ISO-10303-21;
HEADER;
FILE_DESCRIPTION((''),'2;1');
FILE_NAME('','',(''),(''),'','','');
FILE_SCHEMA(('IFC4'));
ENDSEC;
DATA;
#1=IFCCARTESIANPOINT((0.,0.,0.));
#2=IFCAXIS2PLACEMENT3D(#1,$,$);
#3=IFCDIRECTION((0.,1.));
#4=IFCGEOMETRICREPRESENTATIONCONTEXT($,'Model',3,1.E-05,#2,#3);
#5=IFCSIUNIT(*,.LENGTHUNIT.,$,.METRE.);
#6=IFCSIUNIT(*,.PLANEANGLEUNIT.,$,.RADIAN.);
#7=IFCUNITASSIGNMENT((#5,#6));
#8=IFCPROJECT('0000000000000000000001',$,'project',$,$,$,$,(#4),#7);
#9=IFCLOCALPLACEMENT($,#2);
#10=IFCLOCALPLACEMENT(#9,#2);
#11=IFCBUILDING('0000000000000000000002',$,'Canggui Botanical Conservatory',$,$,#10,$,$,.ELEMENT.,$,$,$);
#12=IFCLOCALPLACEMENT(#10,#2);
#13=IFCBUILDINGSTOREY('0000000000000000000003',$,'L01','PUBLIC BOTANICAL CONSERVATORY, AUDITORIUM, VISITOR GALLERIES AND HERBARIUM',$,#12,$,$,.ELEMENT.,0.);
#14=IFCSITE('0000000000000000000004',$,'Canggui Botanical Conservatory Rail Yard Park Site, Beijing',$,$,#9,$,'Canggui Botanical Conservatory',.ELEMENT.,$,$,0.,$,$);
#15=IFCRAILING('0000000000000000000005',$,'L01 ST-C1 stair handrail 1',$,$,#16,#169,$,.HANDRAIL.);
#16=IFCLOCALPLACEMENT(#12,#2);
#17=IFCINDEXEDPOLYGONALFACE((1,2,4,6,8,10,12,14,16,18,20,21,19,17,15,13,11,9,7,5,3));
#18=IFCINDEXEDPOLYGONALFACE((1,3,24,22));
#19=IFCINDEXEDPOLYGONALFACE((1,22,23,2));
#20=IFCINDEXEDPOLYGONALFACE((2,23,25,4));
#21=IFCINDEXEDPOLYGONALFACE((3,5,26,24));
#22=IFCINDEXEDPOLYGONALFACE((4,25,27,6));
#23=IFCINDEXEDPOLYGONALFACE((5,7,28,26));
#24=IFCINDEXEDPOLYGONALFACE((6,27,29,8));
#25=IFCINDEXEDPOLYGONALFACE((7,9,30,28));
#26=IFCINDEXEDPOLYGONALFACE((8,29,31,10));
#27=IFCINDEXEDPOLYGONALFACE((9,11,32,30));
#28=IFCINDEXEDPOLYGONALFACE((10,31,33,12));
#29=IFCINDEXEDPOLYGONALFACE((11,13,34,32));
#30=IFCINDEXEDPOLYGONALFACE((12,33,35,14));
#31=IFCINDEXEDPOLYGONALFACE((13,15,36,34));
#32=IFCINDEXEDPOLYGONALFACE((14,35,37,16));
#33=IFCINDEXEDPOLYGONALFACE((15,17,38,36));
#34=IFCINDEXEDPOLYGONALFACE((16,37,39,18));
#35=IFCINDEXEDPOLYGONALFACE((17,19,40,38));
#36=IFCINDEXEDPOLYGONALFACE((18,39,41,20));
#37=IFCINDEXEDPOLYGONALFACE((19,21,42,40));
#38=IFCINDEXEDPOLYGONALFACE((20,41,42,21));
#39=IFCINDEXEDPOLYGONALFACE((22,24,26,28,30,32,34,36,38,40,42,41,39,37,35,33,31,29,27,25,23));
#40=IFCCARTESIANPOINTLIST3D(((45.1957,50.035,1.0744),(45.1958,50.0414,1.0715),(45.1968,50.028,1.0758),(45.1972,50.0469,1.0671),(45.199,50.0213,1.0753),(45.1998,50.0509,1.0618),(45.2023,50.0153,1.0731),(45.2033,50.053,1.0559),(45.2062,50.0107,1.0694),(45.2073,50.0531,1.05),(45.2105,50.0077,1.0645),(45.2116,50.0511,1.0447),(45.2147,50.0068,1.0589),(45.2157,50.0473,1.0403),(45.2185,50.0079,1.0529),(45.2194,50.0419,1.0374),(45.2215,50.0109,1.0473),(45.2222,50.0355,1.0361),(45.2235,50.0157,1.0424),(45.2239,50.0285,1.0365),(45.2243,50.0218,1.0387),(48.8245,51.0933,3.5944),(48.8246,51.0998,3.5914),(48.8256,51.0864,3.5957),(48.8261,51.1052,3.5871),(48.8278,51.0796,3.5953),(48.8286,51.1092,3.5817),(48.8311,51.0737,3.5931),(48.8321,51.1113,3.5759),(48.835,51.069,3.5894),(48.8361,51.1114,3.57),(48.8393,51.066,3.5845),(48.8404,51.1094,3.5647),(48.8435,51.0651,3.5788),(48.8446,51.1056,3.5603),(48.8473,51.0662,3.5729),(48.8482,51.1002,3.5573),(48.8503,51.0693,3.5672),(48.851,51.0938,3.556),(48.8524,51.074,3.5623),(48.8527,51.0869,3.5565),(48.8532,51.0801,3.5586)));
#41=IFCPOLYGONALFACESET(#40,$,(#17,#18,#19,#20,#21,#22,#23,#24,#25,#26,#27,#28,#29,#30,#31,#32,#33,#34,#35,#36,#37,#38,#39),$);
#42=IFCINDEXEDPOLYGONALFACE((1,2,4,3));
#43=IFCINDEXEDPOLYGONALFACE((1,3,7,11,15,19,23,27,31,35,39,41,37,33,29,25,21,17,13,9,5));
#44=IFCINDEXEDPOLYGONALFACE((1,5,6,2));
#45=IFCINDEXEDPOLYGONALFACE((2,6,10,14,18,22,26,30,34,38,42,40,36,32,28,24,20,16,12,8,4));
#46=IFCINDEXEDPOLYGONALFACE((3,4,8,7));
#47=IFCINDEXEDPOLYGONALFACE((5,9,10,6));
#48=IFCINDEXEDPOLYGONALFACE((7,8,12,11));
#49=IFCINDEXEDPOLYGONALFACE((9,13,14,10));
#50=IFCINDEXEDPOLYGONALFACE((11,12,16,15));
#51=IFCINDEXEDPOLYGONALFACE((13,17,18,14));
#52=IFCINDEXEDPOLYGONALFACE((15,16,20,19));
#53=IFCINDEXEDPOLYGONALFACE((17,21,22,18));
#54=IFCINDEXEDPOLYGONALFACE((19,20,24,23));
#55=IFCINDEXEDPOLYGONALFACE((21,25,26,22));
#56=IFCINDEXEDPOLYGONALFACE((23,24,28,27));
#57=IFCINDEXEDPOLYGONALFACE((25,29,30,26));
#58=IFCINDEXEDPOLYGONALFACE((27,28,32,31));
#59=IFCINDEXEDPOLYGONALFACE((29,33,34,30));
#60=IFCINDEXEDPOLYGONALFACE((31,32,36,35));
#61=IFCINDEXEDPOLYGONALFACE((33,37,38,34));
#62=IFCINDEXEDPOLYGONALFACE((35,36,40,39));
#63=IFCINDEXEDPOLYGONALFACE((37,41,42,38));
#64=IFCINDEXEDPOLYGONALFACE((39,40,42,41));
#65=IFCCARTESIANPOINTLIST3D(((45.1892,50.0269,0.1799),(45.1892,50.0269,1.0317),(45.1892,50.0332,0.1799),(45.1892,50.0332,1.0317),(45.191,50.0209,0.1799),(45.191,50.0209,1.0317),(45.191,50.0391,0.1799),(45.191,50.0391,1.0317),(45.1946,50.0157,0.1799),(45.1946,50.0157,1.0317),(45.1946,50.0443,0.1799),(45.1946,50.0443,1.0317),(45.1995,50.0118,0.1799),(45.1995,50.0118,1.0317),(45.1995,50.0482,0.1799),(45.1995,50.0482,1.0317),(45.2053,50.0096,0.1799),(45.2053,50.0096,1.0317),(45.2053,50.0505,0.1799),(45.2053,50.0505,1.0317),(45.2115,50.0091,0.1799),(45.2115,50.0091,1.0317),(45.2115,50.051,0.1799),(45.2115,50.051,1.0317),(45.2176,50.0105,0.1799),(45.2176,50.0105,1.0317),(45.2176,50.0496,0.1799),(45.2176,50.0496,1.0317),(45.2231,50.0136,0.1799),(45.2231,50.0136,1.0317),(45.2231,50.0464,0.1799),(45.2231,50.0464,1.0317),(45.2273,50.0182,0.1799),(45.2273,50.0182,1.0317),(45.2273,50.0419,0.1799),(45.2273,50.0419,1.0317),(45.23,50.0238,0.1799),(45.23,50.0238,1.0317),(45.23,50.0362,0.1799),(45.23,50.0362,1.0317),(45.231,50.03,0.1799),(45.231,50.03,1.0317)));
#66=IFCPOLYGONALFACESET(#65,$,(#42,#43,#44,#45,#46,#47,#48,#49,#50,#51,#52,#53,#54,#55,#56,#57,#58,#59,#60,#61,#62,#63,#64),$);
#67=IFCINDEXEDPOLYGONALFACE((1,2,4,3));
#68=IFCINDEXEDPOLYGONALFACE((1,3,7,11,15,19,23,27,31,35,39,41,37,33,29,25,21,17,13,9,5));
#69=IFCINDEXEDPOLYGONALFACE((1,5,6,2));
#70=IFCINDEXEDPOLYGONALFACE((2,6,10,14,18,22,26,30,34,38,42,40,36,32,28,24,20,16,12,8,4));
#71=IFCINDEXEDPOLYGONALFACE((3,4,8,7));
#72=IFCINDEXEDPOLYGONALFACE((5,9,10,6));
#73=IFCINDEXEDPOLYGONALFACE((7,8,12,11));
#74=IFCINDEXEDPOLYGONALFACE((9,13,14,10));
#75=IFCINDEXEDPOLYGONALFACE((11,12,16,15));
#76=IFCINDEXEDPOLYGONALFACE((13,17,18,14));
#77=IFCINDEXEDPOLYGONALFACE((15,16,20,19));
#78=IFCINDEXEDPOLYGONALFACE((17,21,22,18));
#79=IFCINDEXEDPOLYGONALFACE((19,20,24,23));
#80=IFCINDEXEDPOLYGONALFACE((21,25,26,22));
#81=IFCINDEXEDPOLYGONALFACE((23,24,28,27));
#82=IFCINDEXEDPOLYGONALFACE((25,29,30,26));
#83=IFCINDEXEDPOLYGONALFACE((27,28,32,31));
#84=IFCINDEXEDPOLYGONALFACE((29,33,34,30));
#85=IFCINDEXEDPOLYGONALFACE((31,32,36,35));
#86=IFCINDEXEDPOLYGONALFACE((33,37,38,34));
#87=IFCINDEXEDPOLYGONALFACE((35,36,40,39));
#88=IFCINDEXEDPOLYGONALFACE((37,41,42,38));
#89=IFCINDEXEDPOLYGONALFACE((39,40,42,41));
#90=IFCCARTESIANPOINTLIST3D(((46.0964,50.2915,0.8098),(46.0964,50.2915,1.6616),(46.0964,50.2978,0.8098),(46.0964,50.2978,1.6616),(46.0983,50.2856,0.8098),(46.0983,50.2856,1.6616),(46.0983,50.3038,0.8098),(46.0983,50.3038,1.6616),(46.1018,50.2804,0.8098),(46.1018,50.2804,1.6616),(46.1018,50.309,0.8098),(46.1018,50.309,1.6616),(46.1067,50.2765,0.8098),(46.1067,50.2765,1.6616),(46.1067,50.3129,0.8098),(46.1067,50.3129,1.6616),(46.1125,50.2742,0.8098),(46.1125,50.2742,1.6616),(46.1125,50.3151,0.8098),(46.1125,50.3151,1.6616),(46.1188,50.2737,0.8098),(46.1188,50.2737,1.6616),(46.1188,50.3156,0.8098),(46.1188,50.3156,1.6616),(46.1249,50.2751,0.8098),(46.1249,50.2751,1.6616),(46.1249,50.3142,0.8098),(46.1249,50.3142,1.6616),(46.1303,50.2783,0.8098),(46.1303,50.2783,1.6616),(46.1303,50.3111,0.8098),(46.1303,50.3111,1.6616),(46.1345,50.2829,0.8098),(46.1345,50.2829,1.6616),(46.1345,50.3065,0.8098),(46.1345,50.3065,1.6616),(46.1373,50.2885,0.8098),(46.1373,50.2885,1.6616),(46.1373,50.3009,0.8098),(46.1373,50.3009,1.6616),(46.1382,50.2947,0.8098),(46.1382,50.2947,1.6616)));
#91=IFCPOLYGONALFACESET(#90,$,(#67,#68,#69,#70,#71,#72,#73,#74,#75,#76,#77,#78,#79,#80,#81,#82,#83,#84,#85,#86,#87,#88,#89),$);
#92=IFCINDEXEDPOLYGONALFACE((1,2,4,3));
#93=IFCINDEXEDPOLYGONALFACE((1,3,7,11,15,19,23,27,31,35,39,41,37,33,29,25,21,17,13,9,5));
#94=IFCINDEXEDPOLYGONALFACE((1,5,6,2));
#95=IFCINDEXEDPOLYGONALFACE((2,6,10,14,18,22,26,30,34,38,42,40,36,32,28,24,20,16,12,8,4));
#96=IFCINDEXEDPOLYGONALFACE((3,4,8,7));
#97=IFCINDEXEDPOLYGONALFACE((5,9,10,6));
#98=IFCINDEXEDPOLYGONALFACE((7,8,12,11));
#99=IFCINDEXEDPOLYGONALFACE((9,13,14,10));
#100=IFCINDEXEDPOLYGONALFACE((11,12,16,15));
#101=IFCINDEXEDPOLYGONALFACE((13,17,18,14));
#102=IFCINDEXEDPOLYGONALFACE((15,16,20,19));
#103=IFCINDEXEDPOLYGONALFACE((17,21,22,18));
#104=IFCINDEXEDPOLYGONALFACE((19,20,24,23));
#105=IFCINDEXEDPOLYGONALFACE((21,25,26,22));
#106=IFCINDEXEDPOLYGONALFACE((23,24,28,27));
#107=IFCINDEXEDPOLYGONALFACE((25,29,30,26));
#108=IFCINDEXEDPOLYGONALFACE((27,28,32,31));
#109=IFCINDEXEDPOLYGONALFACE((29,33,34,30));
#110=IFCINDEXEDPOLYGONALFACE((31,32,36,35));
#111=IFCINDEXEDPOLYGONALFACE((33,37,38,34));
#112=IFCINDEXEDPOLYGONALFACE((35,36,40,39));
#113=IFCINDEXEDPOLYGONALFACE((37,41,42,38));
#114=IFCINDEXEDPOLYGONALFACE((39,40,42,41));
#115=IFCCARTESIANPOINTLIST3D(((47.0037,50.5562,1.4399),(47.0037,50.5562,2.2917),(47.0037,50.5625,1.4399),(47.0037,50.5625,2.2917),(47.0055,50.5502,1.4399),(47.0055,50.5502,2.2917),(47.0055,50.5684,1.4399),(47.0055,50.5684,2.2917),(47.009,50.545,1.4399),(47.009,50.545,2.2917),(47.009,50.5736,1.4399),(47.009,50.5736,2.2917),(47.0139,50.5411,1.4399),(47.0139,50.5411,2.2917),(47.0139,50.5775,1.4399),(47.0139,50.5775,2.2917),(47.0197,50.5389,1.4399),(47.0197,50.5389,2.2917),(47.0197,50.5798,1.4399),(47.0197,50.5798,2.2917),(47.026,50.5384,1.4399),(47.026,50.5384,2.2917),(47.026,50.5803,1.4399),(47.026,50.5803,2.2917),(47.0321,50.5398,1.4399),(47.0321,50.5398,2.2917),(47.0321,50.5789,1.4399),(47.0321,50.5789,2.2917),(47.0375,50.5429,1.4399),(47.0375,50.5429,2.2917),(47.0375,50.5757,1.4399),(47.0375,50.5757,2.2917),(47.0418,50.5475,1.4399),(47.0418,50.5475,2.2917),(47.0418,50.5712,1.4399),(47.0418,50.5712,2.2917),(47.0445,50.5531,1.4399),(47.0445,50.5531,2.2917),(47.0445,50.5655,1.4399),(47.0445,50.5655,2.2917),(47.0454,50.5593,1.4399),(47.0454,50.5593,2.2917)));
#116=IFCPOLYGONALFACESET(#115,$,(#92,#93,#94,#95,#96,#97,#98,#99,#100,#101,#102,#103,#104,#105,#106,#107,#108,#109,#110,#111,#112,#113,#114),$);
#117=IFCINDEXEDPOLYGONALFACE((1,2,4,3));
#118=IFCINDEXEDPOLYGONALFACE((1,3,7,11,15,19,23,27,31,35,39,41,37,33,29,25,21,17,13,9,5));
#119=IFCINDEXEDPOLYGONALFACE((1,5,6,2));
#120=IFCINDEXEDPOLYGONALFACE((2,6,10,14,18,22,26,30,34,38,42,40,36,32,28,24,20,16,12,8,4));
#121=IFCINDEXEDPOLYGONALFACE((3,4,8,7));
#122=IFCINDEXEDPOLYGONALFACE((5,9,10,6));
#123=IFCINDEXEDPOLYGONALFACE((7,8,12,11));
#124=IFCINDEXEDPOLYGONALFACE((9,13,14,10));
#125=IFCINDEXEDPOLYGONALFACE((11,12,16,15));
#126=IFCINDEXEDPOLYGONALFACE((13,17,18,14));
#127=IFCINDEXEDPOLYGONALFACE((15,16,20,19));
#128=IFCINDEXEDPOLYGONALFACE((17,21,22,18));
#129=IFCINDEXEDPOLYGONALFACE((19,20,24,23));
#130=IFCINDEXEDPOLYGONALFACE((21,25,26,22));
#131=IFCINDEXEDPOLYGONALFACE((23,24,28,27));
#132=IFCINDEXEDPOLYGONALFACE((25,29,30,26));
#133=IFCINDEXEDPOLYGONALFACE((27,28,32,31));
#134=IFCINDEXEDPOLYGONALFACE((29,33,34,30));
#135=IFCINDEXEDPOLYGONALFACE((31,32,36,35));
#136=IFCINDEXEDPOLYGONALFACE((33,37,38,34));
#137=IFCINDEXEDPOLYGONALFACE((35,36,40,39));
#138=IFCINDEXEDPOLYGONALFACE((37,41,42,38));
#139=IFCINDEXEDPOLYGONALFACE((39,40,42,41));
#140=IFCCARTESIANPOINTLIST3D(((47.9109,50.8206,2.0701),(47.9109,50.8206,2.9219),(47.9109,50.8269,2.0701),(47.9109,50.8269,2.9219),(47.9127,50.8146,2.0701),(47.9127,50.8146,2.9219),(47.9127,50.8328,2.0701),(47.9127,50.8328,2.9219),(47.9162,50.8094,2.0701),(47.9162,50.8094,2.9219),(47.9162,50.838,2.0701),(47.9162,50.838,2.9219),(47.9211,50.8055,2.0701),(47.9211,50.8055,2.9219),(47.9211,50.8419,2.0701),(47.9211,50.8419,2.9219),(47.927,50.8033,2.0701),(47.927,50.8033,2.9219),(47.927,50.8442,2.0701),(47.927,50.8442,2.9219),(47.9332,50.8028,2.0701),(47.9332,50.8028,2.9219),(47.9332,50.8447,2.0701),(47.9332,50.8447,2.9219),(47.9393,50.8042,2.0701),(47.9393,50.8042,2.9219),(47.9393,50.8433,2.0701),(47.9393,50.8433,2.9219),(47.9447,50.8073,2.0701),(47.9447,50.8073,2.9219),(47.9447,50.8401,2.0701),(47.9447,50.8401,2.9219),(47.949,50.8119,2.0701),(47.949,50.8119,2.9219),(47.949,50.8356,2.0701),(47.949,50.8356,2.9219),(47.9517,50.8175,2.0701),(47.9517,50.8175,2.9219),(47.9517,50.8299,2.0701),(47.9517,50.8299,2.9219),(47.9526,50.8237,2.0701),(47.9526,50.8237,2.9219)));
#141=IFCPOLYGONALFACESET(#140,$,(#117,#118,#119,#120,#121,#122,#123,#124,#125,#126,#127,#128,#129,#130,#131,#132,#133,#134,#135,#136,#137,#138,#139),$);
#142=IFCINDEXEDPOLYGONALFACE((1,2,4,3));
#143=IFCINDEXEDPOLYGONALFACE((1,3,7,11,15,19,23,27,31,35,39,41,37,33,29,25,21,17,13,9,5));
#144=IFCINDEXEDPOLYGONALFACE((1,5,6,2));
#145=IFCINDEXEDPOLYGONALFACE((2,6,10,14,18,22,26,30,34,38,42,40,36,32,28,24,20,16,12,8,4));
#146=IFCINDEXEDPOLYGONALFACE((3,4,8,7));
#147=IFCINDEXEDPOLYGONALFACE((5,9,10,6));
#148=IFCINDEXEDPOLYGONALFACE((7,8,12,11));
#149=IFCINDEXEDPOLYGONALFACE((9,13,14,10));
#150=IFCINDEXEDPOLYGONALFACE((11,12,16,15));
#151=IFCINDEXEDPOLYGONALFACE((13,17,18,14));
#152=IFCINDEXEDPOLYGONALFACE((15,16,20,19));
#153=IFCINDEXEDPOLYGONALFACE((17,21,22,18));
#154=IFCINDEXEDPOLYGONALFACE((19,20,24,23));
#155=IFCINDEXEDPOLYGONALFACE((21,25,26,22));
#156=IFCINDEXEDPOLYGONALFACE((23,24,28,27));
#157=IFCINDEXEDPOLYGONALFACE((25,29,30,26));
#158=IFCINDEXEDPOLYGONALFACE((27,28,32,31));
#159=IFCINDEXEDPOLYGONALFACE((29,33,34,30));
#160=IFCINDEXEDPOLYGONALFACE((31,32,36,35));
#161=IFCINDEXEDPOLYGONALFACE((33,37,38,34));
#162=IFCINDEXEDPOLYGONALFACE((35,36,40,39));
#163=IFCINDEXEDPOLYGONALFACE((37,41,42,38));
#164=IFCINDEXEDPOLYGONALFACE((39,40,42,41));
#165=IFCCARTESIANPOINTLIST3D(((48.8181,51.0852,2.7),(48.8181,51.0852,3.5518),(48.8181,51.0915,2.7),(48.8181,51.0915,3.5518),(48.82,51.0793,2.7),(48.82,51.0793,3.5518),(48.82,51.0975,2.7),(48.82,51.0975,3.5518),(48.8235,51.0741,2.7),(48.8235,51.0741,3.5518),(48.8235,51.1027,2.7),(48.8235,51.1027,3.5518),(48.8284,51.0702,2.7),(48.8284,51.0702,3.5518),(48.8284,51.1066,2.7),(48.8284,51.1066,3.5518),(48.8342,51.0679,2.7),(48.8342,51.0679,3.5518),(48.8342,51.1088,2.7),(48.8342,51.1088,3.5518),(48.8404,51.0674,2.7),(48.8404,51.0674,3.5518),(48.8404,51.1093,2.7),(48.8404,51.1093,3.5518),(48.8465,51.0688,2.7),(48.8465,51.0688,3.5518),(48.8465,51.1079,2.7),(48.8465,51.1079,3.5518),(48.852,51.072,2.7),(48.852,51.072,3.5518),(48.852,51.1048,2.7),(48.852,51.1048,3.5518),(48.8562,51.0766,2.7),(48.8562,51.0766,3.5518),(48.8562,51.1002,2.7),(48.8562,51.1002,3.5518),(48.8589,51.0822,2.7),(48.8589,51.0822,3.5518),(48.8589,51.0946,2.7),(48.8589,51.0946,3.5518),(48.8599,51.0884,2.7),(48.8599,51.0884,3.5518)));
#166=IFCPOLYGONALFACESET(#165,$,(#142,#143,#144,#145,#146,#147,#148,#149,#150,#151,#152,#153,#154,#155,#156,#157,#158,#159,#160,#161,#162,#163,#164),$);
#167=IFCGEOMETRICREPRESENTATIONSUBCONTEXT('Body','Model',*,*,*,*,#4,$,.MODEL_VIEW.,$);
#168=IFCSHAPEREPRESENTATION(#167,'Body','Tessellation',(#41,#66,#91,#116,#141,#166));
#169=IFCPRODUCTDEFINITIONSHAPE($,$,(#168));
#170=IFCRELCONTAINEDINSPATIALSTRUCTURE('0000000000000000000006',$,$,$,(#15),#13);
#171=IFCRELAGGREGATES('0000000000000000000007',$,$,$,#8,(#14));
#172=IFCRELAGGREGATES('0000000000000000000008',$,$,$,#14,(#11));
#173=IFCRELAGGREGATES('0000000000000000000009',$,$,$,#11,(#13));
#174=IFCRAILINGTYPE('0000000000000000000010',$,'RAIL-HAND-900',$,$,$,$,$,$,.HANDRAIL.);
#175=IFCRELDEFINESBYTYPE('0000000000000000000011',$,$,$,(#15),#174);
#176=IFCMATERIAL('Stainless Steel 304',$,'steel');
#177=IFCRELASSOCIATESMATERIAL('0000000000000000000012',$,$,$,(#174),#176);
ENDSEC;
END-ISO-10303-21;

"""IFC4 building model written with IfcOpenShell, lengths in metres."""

from ifc_helpers import new_model, si_unit, direction, frame, origin, origin_2d, place, context, subcontext, project, spatial, circle, extrude, material, type_object, element, save


model = new_model("IFC4")

# Units and contexts
model_context = context("Model", 3, precision=1e-05, world=origin(), true_north=direction((0.0, 1.0)))
body_context = subcontext(model_context, "Body", "Model", "MODEL_VIEW")
ifc_project = project(units=[si_unit("LENGTHUNIT", "METRE"), si_unit("PLANEANGLEUNIT", "RADIAN")], contexts=[model_context])

# Site, building, storey
site_placement = place(None, origin())
site = spatial("IfcSite", under=ifc_project, at=site_placement, Name="Canggui Botanical Conservatory Rail Yard Park Site, Beijing", LongName="Canggui Botanical Conservatory", CompositionType="ELEMENT", RefElevation=0.0)
building_placement = place(site_placement, origin())
building = spatial("IfcBuilding", under=site, at=building_placement, Name="Canggui Botanical Conservatory", CompositionType="ELEMENT")
storey_placement = place(building_placement, origin())
storey = spatial("IfcBuildingStorey", under=building, at=storey_placement, Name="L01", Description="PUBLIC BOTANICAL CONSERVATORY, AUDITORIUM, VISITOR GALLERIES AND HERBARIUM", CompositionType="ELEMENT", Elevation=0.0)

# Railing
ifc_material_1 = material(Name="Stainless Steel 304", Category="steel")
railing_type = type_object("IfcRailingType", Name="RAIL-HAND-900", PredefinedType="HANDRAIL", material=ifc_material_1)
railing_placement = place(storey_placement, frame((45.21, 50.03, 0.1799)))
element("IfcRailing", 1, at=railing_placement, inside=storey, type_object=railing_type, Name="L01 ST-C1 stair handrail 1", PredefinedType="HANDRAIL", context=body_context, shape_type="SweptSolid", body=[
    extrude(circle(Radius=0.0239, at=origin_2d()), frame((0.0, 0.0, 0.876), z_axis=(0.798777, 0.232959, 0.554694), x_axis=(-0.27998, 0.960006, 0.0)), (0.0, 0.0, 1.0), 4.543),
    extrude(circle(Radius=0.021, at=origin_2d()), origin(), (0.0, 0.0, 1.0), 0.8518),
    extrude(circle(Radius=0.021, at=origin_2d()), frame((0.9072, 0.2646, 0.6299)), (0.0, 0.0, 1.0), 0.8518),
    extrude(circle(Radius=0.021, at=origin_2d()), frame((1.8145, 0.5293, 1.26)), (0.0, 0.0, 1.0), 0.8518),
    extrude(circle(Radius=0.021, at=origin_2d()), frame((2.7217, 0.7937, 1.8901)), (0.0, 0.0, 1.0), 0.8518),
    extrude(circle(Radius=0.021, at=origin_2d()), frame((3.6289, 1.0583, 2.52)), (0.0, 0.0, 1.0), 0.8518),
])

save(model, "model.ifc")
